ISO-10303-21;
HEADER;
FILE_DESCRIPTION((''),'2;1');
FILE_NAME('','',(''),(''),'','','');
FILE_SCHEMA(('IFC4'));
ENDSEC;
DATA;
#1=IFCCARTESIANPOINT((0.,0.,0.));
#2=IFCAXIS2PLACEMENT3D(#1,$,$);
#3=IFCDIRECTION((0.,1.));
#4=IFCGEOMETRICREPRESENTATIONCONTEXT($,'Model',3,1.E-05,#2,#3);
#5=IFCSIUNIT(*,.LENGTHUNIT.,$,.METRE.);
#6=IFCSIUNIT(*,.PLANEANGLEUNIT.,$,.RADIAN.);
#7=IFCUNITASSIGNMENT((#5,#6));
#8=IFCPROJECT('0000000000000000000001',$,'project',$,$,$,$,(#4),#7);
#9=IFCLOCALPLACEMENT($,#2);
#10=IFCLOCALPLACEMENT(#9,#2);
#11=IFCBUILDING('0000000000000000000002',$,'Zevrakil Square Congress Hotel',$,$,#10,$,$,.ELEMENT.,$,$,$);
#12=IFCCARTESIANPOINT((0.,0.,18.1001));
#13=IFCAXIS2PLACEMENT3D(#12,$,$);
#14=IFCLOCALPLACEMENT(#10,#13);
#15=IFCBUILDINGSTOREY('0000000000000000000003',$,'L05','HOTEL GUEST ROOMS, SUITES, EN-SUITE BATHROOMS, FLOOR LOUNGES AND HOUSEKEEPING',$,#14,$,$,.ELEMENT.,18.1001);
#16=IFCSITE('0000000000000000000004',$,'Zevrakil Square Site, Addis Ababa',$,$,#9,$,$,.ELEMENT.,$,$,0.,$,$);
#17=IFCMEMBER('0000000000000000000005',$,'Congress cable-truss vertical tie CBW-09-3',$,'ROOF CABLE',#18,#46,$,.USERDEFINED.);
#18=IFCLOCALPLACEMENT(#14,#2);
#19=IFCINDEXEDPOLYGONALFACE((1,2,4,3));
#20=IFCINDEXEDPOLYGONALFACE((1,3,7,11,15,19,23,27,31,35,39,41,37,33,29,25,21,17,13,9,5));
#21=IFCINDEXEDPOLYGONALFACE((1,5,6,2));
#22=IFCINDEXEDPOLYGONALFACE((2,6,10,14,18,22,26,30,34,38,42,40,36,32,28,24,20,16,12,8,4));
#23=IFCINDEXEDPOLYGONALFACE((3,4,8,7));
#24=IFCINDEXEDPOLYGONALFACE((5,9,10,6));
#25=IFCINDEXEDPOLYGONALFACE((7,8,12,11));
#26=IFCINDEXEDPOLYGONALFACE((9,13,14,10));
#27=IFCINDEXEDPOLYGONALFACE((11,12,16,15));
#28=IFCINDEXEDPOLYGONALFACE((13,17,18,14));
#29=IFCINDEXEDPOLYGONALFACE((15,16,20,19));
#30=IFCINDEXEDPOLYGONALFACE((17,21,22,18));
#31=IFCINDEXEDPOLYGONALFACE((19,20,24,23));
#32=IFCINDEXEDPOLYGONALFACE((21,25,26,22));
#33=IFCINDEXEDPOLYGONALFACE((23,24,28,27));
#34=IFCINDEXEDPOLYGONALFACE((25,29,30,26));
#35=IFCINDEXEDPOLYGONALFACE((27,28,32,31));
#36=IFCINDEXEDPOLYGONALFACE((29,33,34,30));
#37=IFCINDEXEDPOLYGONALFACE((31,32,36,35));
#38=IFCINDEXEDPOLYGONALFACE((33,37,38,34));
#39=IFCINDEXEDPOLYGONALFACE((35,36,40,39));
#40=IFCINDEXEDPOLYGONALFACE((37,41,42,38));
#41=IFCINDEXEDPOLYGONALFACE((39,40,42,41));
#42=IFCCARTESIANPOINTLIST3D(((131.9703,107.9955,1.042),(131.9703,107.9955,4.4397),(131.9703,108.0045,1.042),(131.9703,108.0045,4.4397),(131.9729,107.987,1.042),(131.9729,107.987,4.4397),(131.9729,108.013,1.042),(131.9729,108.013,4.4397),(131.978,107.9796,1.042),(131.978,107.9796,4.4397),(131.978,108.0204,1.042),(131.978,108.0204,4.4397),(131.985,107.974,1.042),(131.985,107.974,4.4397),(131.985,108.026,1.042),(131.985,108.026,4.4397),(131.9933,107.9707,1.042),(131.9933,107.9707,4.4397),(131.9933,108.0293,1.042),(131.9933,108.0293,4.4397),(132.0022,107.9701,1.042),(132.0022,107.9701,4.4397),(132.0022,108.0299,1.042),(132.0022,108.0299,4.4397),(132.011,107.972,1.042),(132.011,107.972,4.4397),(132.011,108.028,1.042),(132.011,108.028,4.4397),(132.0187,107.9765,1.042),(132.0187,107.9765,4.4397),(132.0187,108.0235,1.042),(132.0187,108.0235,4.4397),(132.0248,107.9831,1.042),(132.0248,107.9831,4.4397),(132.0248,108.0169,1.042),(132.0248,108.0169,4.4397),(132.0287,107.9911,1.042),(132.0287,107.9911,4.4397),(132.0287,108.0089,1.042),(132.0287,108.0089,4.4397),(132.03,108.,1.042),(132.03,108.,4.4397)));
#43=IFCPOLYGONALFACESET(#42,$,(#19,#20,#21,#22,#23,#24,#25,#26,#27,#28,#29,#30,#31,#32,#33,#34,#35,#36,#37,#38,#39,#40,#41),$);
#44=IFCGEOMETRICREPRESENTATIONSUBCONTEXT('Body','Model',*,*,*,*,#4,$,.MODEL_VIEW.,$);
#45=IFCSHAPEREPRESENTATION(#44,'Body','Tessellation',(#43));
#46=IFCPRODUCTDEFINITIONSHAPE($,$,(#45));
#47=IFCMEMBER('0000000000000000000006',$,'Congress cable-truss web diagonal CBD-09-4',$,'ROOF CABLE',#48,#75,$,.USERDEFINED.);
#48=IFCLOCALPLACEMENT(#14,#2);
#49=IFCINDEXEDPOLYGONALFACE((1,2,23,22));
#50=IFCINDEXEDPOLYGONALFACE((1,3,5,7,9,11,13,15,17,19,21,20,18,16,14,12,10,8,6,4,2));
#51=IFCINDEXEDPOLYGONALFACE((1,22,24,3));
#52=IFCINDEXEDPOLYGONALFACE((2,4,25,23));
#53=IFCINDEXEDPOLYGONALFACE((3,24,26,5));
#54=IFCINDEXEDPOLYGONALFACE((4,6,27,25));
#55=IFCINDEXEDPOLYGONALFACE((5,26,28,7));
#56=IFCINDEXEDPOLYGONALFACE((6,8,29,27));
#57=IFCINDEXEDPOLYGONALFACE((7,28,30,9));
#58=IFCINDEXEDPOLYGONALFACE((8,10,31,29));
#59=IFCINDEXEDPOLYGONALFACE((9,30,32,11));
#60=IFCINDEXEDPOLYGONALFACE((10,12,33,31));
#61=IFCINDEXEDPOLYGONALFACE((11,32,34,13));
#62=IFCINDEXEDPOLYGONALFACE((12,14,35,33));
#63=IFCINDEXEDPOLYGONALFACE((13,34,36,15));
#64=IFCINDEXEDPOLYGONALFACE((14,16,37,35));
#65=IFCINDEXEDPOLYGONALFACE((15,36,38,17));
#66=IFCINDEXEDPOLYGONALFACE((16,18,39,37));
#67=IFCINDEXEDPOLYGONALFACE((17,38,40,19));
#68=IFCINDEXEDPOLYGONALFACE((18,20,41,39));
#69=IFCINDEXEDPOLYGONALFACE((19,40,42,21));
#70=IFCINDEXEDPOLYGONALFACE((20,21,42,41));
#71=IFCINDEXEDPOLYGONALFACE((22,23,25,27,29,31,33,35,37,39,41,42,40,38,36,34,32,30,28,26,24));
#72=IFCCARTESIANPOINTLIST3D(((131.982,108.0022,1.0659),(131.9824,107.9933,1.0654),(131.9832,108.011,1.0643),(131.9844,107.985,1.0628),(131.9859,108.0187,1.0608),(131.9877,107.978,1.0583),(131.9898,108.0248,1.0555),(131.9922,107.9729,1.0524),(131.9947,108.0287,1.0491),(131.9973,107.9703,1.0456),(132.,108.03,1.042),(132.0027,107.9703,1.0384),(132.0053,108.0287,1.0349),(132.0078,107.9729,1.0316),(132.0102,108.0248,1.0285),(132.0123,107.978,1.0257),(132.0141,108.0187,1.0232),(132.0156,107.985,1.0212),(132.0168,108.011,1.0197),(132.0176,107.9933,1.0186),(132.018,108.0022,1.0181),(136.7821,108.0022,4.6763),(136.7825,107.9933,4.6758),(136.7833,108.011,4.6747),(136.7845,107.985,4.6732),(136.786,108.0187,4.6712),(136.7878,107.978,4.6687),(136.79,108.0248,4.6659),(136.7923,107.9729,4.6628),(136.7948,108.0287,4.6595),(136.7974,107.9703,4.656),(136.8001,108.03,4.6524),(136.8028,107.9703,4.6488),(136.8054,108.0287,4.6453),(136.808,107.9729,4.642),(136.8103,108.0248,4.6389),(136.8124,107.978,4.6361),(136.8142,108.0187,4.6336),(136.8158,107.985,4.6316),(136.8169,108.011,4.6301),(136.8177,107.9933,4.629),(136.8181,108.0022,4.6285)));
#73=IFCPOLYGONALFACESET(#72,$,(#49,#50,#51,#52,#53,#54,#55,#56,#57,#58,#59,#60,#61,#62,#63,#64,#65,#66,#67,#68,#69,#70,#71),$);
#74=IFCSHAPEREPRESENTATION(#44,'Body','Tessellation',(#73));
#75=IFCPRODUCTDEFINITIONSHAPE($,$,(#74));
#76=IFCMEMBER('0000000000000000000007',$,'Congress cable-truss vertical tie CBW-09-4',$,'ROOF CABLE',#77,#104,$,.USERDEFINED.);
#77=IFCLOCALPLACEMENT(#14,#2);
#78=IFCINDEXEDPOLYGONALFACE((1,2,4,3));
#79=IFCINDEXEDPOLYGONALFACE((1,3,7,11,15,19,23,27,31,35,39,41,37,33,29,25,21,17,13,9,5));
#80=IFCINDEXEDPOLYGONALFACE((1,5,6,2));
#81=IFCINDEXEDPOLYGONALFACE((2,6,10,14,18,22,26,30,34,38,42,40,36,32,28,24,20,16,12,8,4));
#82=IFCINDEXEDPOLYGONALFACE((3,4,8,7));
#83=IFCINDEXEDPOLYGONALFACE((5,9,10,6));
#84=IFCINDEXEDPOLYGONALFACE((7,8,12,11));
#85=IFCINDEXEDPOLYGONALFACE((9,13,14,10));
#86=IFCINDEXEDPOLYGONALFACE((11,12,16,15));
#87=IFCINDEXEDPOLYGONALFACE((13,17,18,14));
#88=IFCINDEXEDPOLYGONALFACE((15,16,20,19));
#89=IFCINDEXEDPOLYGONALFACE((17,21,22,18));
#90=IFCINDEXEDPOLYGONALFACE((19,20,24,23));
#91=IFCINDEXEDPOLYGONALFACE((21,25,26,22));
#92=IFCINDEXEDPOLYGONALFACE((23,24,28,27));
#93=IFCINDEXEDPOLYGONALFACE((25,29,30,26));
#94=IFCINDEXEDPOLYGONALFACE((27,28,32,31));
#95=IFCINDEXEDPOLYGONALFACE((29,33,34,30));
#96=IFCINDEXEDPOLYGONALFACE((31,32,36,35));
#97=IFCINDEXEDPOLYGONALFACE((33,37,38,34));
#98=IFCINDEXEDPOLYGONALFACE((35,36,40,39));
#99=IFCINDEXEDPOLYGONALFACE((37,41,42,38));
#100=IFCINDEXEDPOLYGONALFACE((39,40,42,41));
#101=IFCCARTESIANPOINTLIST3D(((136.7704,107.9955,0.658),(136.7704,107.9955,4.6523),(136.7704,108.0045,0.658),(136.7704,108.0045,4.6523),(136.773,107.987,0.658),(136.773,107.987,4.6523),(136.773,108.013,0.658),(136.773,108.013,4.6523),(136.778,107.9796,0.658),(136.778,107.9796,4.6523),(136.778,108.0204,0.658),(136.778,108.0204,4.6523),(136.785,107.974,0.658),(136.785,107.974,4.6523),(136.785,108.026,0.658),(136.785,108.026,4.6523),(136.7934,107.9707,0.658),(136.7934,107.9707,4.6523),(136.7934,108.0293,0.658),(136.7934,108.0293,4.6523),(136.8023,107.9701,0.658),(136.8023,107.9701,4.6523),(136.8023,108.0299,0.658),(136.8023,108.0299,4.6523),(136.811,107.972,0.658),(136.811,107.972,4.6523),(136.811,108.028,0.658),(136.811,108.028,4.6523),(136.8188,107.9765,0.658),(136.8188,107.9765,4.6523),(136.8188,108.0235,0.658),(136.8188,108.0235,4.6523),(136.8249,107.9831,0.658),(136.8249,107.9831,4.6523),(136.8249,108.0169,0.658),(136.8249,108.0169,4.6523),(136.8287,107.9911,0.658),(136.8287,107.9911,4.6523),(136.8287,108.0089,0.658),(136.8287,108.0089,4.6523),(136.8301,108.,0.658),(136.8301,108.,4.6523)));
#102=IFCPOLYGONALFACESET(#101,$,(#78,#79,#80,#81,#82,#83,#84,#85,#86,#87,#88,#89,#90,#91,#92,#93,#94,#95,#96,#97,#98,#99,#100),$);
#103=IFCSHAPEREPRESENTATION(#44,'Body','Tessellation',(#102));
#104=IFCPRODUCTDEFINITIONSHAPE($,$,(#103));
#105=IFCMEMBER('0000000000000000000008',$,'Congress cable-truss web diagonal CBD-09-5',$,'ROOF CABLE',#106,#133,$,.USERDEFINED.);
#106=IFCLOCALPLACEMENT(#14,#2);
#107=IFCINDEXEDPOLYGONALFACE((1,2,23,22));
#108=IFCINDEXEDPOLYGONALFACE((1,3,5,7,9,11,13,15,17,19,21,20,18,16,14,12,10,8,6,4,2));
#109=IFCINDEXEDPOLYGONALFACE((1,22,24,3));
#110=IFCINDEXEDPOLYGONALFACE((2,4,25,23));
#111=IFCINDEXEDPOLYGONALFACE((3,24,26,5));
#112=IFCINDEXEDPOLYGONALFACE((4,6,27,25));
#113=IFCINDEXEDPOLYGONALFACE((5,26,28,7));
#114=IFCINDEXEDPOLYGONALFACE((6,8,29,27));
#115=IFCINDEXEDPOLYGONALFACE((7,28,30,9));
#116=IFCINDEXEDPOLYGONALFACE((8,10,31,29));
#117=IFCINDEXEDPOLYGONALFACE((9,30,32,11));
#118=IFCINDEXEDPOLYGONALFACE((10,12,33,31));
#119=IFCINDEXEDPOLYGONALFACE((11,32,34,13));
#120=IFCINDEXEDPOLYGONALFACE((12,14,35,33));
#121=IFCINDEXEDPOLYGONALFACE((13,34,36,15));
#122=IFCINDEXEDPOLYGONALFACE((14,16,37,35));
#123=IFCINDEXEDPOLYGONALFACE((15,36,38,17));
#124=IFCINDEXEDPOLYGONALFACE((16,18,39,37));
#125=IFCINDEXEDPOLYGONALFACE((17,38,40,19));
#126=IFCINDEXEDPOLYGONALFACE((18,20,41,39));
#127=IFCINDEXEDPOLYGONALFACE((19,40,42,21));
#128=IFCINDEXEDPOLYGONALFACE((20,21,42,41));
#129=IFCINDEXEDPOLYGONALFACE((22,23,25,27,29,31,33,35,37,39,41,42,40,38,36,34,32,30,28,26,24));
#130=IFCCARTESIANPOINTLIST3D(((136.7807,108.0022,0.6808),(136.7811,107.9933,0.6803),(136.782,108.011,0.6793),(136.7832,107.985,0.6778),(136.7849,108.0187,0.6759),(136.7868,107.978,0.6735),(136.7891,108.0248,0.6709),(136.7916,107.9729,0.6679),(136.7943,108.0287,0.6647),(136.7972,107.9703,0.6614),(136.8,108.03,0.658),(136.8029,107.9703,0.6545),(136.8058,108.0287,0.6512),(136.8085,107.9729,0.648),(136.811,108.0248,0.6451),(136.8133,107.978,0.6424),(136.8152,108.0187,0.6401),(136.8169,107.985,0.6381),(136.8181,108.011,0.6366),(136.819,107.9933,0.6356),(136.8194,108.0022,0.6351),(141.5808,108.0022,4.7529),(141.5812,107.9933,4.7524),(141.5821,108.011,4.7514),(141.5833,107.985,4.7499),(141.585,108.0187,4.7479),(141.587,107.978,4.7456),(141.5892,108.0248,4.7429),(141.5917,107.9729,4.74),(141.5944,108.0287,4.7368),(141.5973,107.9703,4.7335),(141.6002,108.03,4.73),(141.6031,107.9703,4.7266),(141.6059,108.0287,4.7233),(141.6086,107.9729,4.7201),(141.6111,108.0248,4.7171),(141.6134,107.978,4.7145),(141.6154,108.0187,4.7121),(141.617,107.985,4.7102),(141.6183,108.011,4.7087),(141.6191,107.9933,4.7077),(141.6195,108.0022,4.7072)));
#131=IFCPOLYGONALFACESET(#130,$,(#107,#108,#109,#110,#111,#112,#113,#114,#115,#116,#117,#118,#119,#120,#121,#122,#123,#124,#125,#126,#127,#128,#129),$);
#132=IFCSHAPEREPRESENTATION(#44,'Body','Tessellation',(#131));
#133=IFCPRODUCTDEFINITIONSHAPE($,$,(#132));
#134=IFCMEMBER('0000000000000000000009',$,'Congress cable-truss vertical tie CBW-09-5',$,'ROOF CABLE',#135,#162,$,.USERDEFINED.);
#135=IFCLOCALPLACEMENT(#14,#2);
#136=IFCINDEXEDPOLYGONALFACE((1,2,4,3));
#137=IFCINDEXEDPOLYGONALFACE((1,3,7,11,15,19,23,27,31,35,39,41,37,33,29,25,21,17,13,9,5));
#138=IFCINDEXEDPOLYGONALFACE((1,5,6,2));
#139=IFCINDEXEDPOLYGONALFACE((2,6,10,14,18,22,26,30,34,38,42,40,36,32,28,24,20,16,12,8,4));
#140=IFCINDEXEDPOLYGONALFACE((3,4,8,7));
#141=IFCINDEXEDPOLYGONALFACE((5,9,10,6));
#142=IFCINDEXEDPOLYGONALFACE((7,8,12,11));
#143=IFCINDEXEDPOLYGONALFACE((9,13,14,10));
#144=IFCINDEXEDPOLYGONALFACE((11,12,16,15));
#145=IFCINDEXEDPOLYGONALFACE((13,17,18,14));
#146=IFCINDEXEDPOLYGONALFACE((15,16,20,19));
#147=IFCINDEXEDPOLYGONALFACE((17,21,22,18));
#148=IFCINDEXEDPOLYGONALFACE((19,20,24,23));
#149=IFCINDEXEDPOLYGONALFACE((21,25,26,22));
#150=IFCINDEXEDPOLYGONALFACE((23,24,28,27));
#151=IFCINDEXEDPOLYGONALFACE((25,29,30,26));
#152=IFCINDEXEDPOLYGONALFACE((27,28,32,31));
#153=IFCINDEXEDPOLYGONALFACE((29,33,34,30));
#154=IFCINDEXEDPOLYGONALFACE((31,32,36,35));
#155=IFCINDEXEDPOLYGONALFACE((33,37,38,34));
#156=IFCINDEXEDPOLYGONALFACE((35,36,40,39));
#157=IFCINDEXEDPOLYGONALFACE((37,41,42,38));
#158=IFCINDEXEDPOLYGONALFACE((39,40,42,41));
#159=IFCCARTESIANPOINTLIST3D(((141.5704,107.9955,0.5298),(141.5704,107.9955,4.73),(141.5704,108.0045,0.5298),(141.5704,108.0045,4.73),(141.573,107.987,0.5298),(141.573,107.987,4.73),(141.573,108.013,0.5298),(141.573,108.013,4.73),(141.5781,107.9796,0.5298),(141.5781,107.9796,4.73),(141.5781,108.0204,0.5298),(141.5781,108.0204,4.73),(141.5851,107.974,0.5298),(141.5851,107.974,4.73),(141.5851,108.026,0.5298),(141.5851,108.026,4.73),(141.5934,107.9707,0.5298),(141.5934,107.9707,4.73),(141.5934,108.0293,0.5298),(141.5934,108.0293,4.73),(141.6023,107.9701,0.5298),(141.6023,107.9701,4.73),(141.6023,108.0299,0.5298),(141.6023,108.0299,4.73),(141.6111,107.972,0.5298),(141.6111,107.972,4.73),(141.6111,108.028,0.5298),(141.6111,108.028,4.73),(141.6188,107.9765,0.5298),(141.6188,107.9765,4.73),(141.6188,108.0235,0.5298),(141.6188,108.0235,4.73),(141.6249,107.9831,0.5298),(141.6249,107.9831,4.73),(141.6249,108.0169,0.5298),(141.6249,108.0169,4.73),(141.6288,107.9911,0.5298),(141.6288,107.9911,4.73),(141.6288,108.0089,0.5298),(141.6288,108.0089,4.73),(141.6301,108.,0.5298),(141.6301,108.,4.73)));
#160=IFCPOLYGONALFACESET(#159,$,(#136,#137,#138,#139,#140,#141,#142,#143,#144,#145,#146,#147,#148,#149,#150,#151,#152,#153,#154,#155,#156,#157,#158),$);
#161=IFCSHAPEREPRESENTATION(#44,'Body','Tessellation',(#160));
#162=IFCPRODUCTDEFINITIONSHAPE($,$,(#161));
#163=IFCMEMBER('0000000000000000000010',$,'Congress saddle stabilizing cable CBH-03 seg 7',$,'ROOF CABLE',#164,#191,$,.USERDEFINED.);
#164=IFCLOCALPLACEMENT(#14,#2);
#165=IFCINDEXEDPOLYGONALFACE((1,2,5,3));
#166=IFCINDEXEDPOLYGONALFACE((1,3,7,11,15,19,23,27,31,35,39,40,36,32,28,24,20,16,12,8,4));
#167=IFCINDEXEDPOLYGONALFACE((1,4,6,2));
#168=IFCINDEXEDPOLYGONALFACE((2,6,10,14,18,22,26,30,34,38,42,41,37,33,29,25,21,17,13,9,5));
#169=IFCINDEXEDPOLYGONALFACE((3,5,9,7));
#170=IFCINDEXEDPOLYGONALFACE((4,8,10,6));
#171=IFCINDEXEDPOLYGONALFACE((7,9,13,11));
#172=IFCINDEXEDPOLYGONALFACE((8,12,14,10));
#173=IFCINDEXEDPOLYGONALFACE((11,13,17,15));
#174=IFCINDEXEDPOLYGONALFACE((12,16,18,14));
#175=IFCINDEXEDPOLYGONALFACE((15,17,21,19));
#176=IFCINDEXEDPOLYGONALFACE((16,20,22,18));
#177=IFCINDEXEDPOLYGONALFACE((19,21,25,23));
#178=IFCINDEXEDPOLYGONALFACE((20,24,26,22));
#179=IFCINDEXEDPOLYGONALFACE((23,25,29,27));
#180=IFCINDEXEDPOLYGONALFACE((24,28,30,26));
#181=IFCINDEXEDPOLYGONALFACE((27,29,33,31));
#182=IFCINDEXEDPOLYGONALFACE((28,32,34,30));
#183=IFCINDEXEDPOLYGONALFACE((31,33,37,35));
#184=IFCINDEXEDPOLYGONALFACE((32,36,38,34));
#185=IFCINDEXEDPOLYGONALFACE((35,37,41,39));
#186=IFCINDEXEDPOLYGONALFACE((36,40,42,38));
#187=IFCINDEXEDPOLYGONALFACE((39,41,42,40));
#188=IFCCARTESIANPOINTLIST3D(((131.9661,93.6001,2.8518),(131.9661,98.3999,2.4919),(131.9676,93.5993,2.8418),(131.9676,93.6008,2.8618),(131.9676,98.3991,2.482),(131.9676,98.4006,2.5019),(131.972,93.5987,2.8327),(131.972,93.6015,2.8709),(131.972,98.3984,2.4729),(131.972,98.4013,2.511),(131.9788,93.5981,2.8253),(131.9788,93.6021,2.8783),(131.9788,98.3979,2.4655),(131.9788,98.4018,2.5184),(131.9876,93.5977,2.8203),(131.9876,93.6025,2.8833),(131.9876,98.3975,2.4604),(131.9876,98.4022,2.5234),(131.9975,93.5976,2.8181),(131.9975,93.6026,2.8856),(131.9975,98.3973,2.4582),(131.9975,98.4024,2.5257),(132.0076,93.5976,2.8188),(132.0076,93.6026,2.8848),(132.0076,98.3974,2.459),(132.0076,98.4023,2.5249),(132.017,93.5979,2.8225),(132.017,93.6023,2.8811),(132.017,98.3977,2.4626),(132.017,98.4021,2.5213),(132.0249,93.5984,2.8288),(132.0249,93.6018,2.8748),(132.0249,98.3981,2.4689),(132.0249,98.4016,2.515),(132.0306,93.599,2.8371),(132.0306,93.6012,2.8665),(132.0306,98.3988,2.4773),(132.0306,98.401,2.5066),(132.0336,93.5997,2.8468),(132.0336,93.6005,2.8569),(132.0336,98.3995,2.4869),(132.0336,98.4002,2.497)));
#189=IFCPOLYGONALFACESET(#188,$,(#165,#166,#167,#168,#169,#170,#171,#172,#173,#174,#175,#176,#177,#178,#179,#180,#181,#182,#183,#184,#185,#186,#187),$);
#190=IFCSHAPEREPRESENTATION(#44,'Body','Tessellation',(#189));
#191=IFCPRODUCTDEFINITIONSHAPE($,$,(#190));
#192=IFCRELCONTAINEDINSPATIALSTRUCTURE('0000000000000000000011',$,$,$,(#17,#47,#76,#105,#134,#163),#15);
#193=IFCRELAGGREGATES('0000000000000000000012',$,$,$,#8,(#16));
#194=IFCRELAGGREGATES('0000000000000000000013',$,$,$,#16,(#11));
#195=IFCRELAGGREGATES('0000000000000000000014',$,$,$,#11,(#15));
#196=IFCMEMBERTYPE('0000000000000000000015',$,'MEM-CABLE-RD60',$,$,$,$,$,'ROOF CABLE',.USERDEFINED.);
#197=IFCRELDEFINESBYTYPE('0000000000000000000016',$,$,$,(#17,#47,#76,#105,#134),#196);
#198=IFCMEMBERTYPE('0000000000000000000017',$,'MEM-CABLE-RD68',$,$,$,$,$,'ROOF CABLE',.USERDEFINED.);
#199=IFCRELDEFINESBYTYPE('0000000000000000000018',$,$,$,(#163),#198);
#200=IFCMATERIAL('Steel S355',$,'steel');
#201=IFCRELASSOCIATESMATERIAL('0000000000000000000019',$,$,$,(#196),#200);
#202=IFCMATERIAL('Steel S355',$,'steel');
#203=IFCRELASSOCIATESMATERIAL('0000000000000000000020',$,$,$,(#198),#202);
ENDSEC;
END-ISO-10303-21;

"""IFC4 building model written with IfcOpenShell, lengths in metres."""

from ifc_helpers import new_model, si_unit, direction, frame, origin, origin_2d, place, context, subcontext, project, spatial, circle, extrude, material, material_profile, profile_set, type_object, element, save


model = new_model("IFC4")

# Units and contexts
model_context = context("Model", 3, precision=1e-05, world=origin(), true_north=direction((0.0, 1.0)))
body_context = subcontext(model_context, "Body", "Model", "MODEL_VIEW")
ifc_project = project(units=[si_unit("LENGTHUNIT", "METRE"), si_unit("PLANEANGLEUNIT", "RADIAN")], contexts=[model_context])

# Site, building, storey
site_placement = place(None, origin())
site = spatial("IfcSite", under=ifc_project, at=site_placement, Name="Zevrakil Square Site, Addis Ababa", CompositionType="ELEMENT", RefElevation=0.0)
building_placement = place(site_placement, origin())
building = spatial("IfcBuilding", under=site, at=building_placement, Name="Zevrakil Square Congress Hotel", CompositionType="ELEMENT")
storey_placement = place(building_placement, frame((0.0, 0.0, 18.1001)))
storey = spatial("IfcBuildingStorey", under=building, at=storey_placement, Name="L05", Description="HOTEL GUEST ROOMS, SUITES, EN-SUITE BATHROOMS, FLOOR LOUNGES AND HOUSEKEEPING", CompositionType="ELEMENT", Elevation=18.1001)

# Members
ifc_material_1 = material(Name="Steel S355", Category="steel")
ifc_material_profile_1 = material_profile(ifc_material_1, circle(Radius=0.03, at=origin_2d()), Name="CABLE RD60")
ifc_profile_set_1 = profile_set([ifc_material_profile_1], Name="Steel S355")
member_type_1 = type_object("IfcMemberType", Name="MEM-CABLE-RD60", ElementType="ROOF CABLE", PredefinedType="USERDEFINED", material=ifc_profile_set_1)
member_1_placement = place(storey_placement, frame((132.0, 108.0, 1.042), z_axis=(0.0, 0.0, 1.0), x_axis=(1.0, 0.0, 0.0)))
element("IfcMember", 1, at=member_1_placement, inside=storey, type_object=member_type_1, Name="Congress cable-truss vertical tie CBW-09-3", ObjectType="ROOF CABLE", PredefinedType="USERDEFINED", context=body_context, shape_type="SweptSolid", body=[
    extrude(circle(Radius=0.03, at=origin_2d()), origin(), (0.0, 0.0, 1.0), 3.3977),
])
member_2_placement = place(storey_placement, frame((132.0, 108.0, 1.042), z_axis=(0.799175, 0.0, 0.601099), x_axis=(0.0, 1.0, 0.0)))
element("IfcMember", 2, at=member_2_placement, inside=storey, type_object=member_type_1, Name="Congress cable-truss web diagonal CBD-09-4", ObjectType="ROOF CABLE", PredefinedType="USERDEFINED", context=body_context, shape_type="SweptSolid", body=[
    extrude(circle(Radius=0.03, at=origin_2d()), origin(), (0.0, 0.0, 1.0), 6.0063),
])
member_3_placement = place(storey_placement, frame((136.8, 108.0, 0.658), z_axis=(0.0, 0.0, 1.0), x_axis=(1.0, 0.0, 0.0)))
element("IfcMember", 3, at=member_3_placement, inside=storey, type_object=member_type_1, Name="Congress cable-truss vertical tie CBW-09-4", ObjectType="ROOF CABLE", PredefinedType="USERDEFINED", context=body_context, shape_type="SweptSolid", body=[
    extrude(circle(Radius=0.03, at=origin_2d()), origin(), (0.0, 0.0, 1.0), 3.9944),
])
member_4_placement = place(storey_placement, frame((136.8, 108.0, 0.658), z_axis=(0.762568, 0.0, 0.646908), x_axis=(0.0, 1.0, 0.0)))
element("IfcMember", 4, at=member_4_placement, inside=storey, type_object=member_type_1, Name="Congress cable-truss web diagonal CBD-09-5", ObjectType="ROOF CABLE", PredefinedType="USERDEFINED", context=body_context, shape_type="SweptSolid", body=[
    extrude(circle(Radius=0.03, at=origin_2d()), origin(), (0.0, 0.0, 1.0), 6.2947),
])
member_5_placement = place(storey_placement, frame((141.6001, 108.0, 0.5298), z_axis=(0.0, 0.0, 1.0), x_axis=(1.0, 0.0, 0.0)))
element("IfcMember", 5, at=member_5_placement, inside=storey, type_object=member_type_1, Name="Congress cable-truss vertical tie CBW-09-5", ObjectType="ROOF CABLE", PredefinedType="USERDEFINED", context=body_context, shape_type="SweptSolid", body=[
    extrude(circle(Radius=0.03, at=origin_2d()), origin(), (0.0, 0.0, 1.0), 4.2002),
])
ifc_material_2 = material(Name="Steel S355", Category="steel")
ifc_material_profile_2 = material_profile(ifc_material_2, circle(Radius=0.0339, at=origin_2d()), Name="CABLE RD68")
ifc_profile_set_2 = profile_set([ifc_material_profile_2], Name="Steel S355")
member_type_2 = type_object("IfcMemberType", Name="MEM-CABLE-RD68", ElementType="ROOF CABLE", PredefinedType="USERDEFINED", material=ifc_profile_set_2)
member_6_placement = place(storey_placement, frame((132.0, 93.6001, 2.8518), z_axis=(0.0, 0.997201, -0.074765), x_axis=(-1.0, 0.0, 0.0)))
element("IfcMember", 6, at=member_6_placement, inside=storey, type_object=member_type_2, Name="Congress saddle stabilizing cable CBH-03 seg 7", ObjectType="ROOF CABLE", PredefinedType="USERDEFINED", context=body_context, shape_type="SweptSolid", body=[
    extrude(circle(Radius=0.0339, at=origin_2d()), origin(), (0.0, 0.0, 1.0), 4.8132),
])

save(model, "model.ifc")
